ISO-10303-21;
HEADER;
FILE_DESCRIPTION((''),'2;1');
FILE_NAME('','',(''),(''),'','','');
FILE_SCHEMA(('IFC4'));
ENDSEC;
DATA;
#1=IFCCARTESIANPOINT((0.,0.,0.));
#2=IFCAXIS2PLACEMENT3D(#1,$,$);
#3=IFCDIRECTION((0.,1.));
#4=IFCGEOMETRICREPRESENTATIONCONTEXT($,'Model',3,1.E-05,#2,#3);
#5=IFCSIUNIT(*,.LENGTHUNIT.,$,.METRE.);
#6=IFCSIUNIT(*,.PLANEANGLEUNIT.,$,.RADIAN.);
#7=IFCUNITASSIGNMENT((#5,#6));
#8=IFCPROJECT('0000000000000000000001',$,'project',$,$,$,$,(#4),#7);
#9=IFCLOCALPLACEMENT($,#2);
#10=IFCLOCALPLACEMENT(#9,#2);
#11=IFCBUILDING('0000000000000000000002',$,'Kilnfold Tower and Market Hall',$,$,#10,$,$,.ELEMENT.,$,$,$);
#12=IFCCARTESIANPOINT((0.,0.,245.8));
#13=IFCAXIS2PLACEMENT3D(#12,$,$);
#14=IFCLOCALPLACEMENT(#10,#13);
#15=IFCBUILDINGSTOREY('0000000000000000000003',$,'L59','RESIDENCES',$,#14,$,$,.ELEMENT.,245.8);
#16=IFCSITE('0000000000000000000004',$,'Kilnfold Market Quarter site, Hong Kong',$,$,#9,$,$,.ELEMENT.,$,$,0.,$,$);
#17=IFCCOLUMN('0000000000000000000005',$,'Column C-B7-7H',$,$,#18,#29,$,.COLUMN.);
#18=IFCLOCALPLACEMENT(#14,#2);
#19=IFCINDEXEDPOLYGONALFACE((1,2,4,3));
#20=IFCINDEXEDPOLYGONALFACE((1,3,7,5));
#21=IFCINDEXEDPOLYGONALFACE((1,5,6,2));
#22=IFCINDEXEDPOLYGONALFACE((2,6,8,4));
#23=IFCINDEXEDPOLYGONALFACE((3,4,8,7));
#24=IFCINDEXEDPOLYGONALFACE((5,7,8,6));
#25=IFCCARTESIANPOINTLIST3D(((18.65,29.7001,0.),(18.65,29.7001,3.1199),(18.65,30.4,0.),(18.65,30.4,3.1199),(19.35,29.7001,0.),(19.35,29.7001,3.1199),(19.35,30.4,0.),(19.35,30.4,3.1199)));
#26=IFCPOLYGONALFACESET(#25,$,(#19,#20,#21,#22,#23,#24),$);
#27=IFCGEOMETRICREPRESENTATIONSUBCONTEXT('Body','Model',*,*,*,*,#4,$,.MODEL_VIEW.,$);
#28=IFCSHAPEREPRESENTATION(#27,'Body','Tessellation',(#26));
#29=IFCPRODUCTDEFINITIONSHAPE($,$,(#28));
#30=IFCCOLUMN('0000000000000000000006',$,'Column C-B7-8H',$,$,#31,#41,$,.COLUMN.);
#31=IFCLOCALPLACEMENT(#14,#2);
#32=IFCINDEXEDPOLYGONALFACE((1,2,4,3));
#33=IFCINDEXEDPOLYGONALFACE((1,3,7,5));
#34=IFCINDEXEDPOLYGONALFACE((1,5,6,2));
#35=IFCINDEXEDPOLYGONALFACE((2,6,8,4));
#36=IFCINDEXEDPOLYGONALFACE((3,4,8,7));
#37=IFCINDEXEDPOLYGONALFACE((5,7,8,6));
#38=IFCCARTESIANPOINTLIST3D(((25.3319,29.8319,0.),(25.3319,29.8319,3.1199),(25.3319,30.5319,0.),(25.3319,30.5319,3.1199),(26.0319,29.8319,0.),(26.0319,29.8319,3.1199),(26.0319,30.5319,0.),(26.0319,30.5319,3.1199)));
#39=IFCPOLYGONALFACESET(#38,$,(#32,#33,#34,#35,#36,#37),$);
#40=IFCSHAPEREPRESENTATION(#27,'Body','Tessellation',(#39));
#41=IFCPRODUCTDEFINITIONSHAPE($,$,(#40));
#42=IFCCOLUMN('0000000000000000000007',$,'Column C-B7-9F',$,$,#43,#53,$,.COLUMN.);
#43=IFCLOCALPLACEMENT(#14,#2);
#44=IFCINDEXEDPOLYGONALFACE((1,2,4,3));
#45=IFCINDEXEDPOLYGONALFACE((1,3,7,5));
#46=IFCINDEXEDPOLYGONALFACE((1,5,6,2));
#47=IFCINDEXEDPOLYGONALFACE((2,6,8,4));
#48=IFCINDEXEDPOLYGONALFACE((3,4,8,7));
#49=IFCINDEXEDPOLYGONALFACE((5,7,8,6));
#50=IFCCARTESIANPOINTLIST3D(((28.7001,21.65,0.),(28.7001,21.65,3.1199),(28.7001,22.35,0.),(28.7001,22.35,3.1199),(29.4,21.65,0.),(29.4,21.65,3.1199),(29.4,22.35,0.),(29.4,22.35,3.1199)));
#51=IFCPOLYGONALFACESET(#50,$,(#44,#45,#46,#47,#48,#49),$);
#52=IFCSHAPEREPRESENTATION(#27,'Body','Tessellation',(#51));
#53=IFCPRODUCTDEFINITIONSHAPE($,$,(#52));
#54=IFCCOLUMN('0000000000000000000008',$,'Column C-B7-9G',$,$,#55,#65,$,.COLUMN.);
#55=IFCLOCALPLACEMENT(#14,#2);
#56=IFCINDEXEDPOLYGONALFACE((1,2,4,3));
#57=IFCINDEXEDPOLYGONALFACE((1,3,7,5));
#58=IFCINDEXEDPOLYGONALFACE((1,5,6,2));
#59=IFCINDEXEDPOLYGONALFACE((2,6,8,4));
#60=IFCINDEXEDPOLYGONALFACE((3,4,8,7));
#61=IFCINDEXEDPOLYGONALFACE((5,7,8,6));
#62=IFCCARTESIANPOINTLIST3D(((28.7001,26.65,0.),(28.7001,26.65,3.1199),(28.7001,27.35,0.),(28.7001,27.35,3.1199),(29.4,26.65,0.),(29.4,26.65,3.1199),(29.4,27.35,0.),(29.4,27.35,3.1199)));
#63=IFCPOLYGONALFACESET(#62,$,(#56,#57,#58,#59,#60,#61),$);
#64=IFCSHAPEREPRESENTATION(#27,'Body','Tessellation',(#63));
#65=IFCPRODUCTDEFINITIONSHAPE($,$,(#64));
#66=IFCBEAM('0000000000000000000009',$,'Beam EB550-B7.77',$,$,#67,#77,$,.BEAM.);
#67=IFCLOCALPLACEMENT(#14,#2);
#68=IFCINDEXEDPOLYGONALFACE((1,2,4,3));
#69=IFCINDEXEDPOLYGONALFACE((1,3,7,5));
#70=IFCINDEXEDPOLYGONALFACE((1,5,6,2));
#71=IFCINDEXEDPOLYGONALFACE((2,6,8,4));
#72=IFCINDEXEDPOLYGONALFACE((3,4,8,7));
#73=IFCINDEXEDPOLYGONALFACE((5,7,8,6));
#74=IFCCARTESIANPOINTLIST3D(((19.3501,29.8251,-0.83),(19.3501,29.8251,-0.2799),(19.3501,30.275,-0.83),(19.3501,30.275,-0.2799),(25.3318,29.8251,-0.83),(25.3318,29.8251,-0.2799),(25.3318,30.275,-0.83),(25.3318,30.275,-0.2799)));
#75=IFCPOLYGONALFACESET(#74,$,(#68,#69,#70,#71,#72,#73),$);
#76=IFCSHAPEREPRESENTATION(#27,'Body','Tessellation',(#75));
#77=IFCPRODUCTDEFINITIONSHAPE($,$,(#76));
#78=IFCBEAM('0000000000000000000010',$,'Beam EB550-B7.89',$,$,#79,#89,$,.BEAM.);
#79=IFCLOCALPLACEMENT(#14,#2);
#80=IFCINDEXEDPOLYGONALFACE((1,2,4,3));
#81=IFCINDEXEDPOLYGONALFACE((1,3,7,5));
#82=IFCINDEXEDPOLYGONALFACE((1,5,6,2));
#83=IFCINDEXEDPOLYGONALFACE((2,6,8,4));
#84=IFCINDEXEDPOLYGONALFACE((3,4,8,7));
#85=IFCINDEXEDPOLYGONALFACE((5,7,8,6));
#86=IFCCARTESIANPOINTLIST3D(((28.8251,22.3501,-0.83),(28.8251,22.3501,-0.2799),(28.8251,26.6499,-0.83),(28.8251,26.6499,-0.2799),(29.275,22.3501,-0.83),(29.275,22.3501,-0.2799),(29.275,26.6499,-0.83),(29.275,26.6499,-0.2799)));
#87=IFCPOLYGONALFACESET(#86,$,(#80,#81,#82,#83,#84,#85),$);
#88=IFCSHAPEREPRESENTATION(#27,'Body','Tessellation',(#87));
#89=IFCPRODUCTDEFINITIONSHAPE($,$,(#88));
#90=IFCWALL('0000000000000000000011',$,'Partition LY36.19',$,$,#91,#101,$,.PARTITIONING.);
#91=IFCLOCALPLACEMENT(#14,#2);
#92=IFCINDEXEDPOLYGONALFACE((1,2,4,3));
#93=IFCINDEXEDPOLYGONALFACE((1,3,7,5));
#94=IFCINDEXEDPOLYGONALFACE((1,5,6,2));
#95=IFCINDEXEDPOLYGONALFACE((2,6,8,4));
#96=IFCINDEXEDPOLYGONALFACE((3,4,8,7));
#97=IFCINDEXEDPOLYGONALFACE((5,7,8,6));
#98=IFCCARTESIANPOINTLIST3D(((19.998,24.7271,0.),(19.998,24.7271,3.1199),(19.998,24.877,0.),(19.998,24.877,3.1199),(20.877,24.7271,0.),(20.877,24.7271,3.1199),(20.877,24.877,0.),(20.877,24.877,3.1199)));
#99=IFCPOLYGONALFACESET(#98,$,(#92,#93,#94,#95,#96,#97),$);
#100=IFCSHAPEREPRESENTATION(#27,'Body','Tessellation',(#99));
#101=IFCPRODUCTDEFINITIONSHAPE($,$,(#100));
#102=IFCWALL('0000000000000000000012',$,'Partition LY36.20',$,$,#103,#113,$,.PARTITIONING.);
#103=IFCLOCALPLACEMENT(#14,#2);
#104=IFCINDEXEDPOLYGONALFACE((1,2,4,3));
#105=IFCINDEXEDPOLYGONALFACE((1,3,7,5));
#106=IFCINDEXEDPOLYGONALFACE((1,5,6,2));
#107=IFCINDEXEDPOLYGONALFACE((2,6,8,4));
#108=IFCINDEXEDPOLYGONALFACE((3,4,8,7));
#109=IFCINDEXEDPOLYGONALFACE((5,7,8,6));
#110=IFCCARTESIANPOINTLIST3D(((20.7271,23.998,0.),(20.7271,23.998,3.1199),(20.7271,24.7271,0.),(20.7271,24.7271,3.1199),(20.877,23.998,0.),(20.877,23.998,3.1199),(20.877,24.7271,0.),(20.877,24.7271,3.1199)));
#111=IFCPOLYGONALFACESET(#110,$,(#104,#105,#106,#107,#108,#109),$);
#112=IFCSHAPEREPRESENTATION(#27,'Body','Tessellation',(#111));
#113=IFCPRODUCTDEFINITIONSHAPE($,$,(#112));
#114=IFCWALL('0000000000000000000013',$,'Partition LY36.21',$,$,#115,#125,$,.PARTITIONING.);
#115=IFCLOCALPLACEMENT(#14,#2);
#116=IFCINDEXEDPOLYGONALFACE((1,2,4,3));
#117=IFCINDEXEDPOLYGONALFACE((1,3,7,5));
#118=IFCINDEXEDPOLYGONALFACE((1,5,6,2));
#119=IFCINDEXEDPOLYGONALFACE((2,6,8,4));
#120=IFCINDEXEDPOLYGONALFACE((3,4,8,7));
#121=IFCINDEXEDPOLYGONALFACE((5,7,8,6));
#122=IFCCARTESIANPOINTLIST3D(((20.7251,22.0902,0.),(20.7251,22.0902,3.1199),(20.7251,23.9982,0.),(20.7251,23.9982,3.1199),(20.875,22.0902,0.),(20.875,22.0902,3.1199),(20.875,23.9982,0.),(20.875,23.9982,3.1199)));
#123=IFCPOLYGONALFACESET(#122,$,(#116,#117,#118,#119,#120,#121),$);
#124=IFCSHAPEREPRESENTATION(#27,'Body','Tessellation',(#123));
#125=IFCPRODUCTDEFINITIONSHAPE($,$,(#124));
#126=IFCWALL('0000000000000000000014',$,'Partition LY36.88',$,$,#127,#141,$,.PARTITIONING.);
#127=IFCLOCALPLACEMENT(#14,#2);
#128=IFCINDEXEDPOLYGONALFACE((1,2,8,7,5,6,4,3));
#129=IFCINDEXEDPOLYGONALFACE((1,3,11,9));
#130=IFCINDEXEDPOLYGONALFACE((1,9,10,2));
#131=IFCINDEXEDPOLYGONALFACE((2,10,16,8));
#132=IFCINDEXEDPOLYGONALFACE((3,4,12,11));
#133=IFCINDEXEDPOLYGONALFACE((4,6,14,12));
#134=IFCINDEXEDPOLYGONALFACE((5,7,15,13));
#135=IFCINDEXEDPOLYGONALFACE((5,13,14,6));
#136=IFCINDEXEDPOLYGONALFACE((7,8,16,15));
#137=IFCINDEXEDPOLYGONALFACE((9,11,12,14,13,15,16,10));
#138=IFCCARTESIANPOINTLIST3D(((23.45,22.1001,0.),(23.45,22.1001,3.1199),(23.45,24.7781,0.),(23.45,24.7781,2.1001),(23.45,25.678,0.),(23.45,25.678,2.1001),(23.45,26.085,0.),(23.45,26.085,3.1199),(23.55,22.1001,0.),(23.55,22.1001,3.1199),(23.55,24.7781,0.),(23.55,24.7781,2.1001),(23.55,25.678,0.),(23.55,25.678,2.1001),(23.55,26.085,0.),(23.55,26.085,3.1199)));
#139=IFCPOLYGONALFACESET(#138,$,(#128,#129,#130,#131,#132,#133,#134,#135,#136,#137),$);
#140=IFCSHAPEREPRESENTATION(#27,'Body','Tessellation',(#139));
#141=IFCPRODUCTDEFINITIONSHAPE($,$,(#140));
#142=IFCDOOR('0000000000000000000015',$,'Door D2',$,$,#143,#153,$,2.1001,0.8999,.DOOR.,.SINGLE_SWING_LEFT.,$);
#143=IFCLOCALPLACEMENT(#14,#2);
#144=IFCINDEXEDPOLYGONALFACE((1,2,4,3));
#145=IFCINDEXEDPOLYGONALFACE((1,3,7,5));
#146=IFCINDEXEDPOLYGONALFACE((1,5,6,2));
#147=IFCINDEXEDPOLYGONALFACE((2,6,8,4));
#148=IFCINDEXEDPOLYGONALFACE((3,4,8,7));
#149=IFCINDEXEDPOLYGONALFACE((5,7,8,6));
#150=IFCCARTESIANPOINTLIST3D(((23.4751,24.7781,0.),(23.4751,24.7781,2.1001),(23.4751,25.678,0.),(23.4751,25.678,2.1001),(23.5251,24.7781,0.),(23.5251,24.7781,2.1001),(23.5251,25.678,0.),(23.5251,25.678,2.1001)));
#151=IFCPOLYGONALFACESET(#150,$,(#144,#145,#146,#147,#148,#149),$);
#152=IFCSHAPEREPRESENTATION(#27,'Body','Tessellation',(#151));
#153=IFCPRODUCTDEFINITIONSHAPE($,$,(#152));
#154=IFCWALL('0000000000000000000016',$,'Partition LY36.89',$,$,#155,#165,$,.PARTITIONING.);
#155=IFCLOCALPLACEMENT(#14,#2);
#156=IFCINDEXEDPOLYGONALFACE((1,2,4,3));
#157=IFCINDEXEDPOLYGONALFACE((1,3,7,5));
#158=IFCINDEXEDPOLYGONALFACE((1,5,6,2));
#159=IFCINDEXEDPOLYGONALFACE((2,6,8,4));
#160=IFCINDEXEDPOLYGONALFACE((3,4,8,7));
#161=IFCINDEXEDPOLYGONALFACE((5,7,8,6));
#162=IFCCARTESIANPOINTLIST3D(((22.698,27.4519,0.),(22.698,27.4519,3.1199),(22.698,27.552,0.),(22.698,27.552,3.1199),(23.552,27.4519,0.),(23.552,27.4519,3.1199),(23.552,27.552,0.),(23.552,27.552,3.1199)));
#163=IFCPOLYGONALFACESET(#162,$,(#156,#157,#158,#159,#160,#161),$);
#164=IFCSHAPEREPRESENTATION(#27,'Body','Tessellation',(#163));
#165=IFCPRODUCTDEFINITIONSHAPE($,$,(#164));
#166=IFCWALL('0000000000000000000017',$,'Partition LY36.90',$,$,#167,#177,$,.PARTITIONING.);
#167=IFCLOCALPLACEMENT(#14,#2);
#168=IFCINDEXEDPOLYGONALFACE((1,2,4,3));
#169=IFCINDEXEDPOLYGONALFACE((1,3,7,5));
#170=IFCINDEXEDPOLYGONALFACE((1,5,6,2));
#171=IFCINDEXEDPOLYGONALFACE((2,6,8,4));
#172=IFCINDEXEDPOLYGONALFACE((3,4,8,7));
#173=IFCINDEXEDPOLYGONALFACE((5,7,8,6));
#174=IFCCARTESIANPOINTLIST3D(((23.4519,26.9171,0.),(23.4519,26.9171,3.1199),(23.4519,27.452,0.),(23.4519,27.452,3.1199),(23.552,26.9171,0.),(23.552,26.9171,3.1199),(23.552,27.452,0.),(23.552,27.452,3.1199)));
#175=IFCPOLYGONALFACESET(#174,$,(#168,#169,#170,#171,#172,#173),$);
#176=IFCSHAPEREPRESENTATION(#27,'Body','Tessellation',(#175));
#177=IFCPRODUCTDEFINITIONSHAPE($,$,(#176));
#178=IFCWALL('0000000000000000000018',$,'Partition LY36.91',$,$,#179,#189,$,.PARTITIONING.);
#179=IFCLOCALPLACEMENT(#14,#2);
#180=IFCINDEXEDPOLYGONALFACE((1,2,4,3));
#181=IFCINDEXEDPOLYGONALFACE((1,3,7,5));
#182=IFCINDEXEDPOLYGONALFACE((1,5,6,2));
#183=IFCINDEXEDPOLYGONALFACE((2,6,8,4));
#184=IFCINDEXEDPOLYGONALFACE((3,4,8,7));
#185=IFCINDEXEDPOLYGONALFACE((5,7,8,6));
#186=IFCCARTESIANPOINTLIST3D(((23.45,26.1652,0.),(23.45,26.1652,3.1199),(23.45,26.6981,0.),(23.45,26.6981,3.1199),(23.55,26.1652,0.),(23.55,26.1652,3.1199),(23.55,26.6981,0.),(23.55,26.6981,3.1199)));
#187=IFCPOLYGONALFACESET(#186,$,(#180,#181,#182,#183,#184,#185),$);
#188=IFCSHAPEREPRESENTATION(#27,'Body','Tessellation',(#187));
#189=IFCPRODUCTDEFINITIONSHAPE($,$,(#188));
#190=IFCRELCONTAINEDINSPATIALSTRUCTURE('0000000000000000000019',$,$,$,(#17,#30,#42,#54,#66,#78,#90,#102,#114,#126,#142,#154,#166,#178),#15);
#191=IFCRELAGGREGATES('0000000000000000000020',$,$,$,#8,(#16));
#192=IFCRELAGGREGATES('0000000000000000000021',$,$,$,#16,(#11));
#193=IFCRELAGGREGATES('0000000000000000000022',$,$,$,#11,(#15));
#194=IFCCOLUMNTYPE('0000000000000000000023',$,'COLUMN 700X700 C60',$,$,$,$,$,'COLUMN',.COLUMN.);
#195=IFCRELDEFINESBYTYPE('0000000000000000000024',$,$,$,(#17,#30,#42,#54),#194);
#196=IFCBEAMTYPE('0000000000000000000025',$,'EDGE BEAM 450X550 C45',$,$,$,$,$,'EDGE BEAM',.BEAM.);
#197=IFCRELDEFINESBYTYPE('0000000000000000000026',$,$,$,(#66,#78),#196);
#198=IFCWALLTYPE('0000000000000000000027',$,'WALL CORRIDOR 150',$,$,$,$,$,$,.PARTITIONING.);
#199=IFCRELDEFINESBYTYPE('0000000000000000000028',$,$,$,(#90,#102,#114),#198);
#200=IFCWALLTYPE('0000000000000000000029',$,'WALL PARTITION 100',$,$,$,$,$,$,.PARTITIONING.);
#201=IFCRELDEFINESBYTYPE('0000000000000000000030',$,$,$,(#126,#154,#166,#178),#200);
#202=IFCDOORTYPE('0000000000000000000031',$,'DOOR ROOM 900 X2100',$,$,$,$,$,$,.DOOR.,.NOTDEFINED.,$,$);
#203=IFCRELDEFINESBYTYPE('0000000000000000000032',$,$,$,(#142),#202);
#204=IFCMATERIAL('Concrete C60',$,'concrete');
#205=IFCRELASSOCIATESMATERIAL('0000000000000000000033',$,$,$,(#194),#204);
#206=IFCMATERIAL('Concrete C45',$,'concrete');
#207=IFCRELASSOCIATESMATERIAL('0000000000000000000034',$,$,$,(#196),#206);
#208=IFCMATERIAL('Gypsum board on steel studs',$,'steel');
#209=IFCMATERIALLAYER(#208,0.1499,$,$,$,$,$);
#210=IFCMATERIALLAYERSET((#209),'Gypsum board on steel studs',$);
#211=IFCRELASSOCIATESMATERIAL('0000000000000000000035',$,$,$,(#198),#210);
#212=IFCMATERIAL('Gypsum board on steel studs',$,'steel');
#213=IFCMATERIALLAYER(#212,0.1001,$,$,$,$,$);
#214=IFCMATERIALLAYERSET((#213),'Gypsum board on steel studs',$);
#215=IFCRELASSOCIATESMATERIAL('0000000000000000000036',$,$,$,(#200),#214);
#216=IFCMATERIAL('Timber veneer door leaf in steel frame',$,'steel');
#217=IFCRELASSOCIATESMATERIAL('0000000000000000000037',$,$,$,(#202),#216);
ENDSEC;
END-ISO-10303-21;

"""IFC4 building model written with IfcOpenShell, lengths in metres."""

from ifc_helpers import new_model, si_unit, direction, frame, frame_2d, origin, origin_2d, place, context, subcontext, project, spatial, rectangle, extrude, source, transform, mapped, material, layer, layer_set, material_profile, profile_set, type_object, element, fill, save


model = new_model("IFC4")

# Units and contexts
model_context = context("Model", 3, precision=1e-05, world=origin(), true_north=direction((0.0, 1.0)))
body_context = subcontext(model_context, "Body", "Model", "MODEL_VIEW")
ifc_project = project(units=[si_unit("LENGTHUNIT", "METRE"), si_unit("PLANEANGLEUNIT", "RADIAN")], contexts=[model_context])

# Site, building, storey
site_placement = place(None, origin())
site = spatial("IfcSite", under=ifc_project, at=site_placement, Name="Kilnfold Market Quarter site, Hong Kong", CompositionType="ELEMENT", RefElevation=0.0)
building_placement = place(site_placement, origin())
building = spatial("IfcBuilding", under=site, at=building_placement, Name="Kilnfold Tower and Market Hall", CompositionType="ELEMENT")
storey_placement = place(building_placement, frame((0.0, 0.0, 245.8)))
storey = spatial("IfcBuildingStorey", under=building, at=storey_placement, Name="L59", Description="RESIDENCES", CompositionType="ELEMENT", Elevation=245.8)

# Columns
ifc_material_1 = material(Name="Concrete C60", Category="concrete")
ifc_material_profile_1 = material_profile(ifc_material_1, rectangle(XDim=0.7, YDim=0.7, at=origin_2d()), Name="RC 700x700")
ifc_profile_set_1 = profile_set([ifc_material_profile_1], Name="Concrete C60")
column_type = type_object("IfcColumnType", Name="COLUMN 700X700 C60", ElementType="COLUMN", PredefinedType="COLUMN", material=ifc_profile_set_1)
shared_shape_1 = source(origin(), body_context, "Body", "SweptSolid", [
    extrude(rectangle(XDim=0.7, YDim=0.7, at=origin_2d()), origin(), (0.0, 0.0, 1.0), 3.1199),
])
for number, where, z_axis, x_axis, name in (
    (1, (19.0, 30.05, 0.0), (0.0, 0.0, 1.0), (1.0, 0.0, 0.0), "Column C-B7-7H"),
    (2, (25.6819, 30.1819, 0.0), (0.0, 0.0, 1.0), (1.0, 0.0, 0.0), "Column C-B7-8H"),
    (3, (29.05, 22.0, 0.0), (0.0, 0.0, 1.0), (1.0, 0.0, 0.0), "Column C-B7-9F"),
    (4, (29.05, 27.0, 0.0), (0.0, 0.0, 1.0), (1.0, 0.0, 0.0), "Column C-B7-9G"),
):
    element("IfcColumn", number, at=place(storey_placement, frame(where, z_axis=z_axis, x_axis=x_axis)), inside=storey, type_object=column_type, Name=name, PredefinedType="COLUMN", context=body_context, shape_type="MappedRepresentation", body=[
        mapped(shared_shape_1, transform((0.0, 0.0, 0.0))),
    ])

# Beams
ifc_material_2 = material(Name="Concrete C45", Category="concrete")
ifc_material_profile_2 = material_profile(ifc_material_2, rectangle(XDim=0.45, YDim=0.55, at=origin_2d()), Name="RC 450x550")
ifc_profile_set_2 = profile_set([ifc_material_profile_2], Name="Concrete C45")
beam_type = type_object("IfcBeamType", Name="EDGE BEAM 450X550 C45", ElementType="EDGE BEAM", PredefinedType="BEAM", material=ifc_profile_set_2)
shared_shape_2 = source(origin(), body_context, "Body", "SweptSolid", [
    extrude(rectangle(XDim=0.45, YDim=0.55, at=origin_2d()), origin(), (0.0, 0.0, 1.0), 5.9817),
])
beam_1_placement = place(storey_placement, frame((19.3501, 30.05, -0.5549), z_axis=(1.0, 0.0, 0.0), x_axis=(0.0, 1.0, 0.0)))
element("IfcBeam", 5, at=beam_1_placement, inside=storey, type_object=beam_type, Name="Beam EB550-B7.77", PredefinedType="BEAM", context=body_context, shape_type="MappedRepresentation", body=[
    mapped(shared_shape_2, transform((0.0, 0.0, 0.0))),
])
shared_shape_3 = source(origin(), body_context, "Body", "SweptSolid", [
    extrude(rectangle(XDim=0.45, YDim=0.55, at=origin_2d()), origin(), (0.0, 0.0, 1.0), 4.2998),
])
beam_2_placement = place(storey_placement, frame((29.05, 22.3501, -0.5549), z_axis=(0.0, 1.0, 0.0), x_axis=(-1.0, 0.0, 0.0)))
element("IfcBeam", 6, at=beam_2_placement, inside=storey, type_object=beam_type, Name="Beam EB550-B7.89", PredefinedType="BEAM", context=body_context, shape_type="MappedRepresentation", body=[
    mapped(shared_shape_3, transform((0.0, 0.0, 0.0))),
])

# Walls
ifc_material_3 = material(Name="Gypsum board on steel studs", Category="steel")
ifc_layer_1 = layer(ifc_material_3, 0.1499)
ifc_layer_set_1 = layer_set([ifc_layer_1], Name="Gypsum board on steel studs")
wall_type_1 = type_object("IfcWallType", Name="WALL CORRIDOR 150", PredefinedType="PARTITIONING", material=ifc_layer_set_1)
wall_1_placement = place(storey_placement, frame((20.877, 24.802, 0.0), z_axis=(0.0, 0.0, 1.0), x_axis=(-1.0, 0.0, 0.0)))
element("IfcWall", 7, at=wall_1_placement, inside=storey, type_object=wall_type_1, Name="Partition LY36.19", PredefinedType="PARTITIONING", context=body_context, shape_type="SweptSolid", body=[
    extrude(rectangle(XDim=0.8789, YDim=0.1499, at=frame_2d((0.4395, 0.0))), origin(), (0.0, 0.0, 1.0), 3.1199),
])
wall_2_placement = place(storey_placement, frame((20.802, 23.998, 0.0), z_axis=(0.0, 0.0, 1.0), x_axis=(0.0, 1.0, 0.0)))
element("IfcWall", 8, at=wall_2_placement, inside=storey, type_object=wall_type_1, Name="Partition LY36.20", PredefinedType="PARTITIONING", context=body_context, shape_type="SweptSolid", body=[
    extrude(rectangle(XDim=0.729, YDim=0.1499, at=frame_2d((0.3645, 0.0))), origin(), (0.0, 0.0, 1.0), 3.1199),
])
wall_3_placement = place(storey_placement, frame((20.8, 22.0901, 0.0), z_axis=(0.0, 0.0, 1.0), x_axis=(0.0, 1.0, 0.0)))
element("IfcWall", 9, at=wall_3_placement, inside=storey, type_object=wall_type_1, Name="Partition LY36.21", PredefinedType="PARTITIONING", context=body_context, shape_type="SweptSolid", body=[
    extrude(rectangle(XDim=1.908, YDim=0.1499, at=frame_2d((0.9541, 0.0))), origin(), (0.0, 0.0, 1.0), 3.1199),
])

# Wall, opening, door
ifc_material_4 = material(Name="Gypsum board on steel studs", Category="steel")
ifc_layer_2 = layer(ifc_material_4, 0.1001)
ifc_layer_set_2 = layer_set([ifc_layer_2], Name="Gypsum board on steel studs")
wall_type_2 = type_object("IfcWallType", Name="WALL PARTITION 100", PredefinedType="PARTITIONING", material=ifc_layer_set_2)
wall_4_placement = place(storey_placement, frame((23.5, 22.1001, 0.0), z_axis=(0.0, 0.0, 1.0), x_axis=(0.0, 1.0, 0.0)))
wall_4 = element("IfcWall", 10, at=wall_4_placement, inside=storey, type_object=wall_type_2, Name="Partition LY36.88", PredefinedType="PARTITIONING", context=body_context, shape_type="SweptSolid", body=[
    extrude(rectangle(XDim=3.9849, YDim=0.1001, at=frame_2d((1.9924, 0.0))), origin(), (0.0, 0.0, 1.0), 3.1199),
])
opening_1_placement = place(wall_4_placement, frame((2.678, 0.0, 0.0)))
opening_1 = element("IfcOpeningElement", 11, at=opening_1_placement, cuts=wall_4, PredefinedType="OPENING", context=body_context, shape_type="SweptSolid", body=[
    extrude(rectangle(XDim=0.8999, YDim=2.1001, at=frame_2d((0.45, 1.05))), frame((0.0, 0.0601, 0.0), z_axis=(0.0, -1.0, 0.0), x_axis=(1.0, 0.0, 0.0)), (0.0, 0.0, 1.0), 0.1201),
])
ifc_material_5 = material(Name="Timber veneer door leaf in steel frame", Category="steel")
door_type_1 = type_object("IfcDoorType", Name="DOOR ROOM 900 X2100", OperationType="NOTDEFINED", PredefinedType="DOOR", material=ifc_material_5)
door_1_placement = place(opening_1_placement, origin())
door_1 = element("IfcDoor", 12, at=door_1_placement, inside=storey, type_object=door_type_1, Name="Door D2", OperationType="SINGLE_SWING_LEFT", OverallHeight=2.1001, OverallWidth=0.8999, PredefinedType="DOOR", context=body_context, shape_type="SweptSolid", body=[
    extrude(rectangle(XDim=0.8999, YDim=2.1001, at=frame_2d((0.45, 1.05))), frame((0.0, 0.0249, 0.0), z_axis=(0.0, -1.0, 0.0), x_axis=(1.0, 0.0, 0.0)), (0.0, 0.0, 1.0), 0.05),
])
fill(opening_1, door_1)

# Walls
wall_5_placement = place(storey_placement, frame((23.552, 27.502, 0.0), z_axis=(0.0, 0.0, 1.0), x_axis=(-1.0, 0.0, 0.0)))
element("IfcWall", 13, at=wall_5_placement, inside=storey, type_object=wall_type_2, Name="Partition LY36.89", PredefinedType="PARTITIONING", context=body_context, shape_type="SweptSolid", body=[
    extrude(rectangle(XDim=0.854, YDim=0.1001, at=frame_2d((0.427, 0.0))), origin(), (0.0, 0.0, 1.0), 3.1199),
])
wall_6_placement = place(storey_placement, frame((23.502, 26.917, 0.0), z_axis=(0.0, 0.0, 1.0), x_axis=(0.0, 1.0, 0.0)))
element("IfcWall", 14, at=wall_6_placement, inside=storey, type_object=wall_type_2, Name="Partition LY36.90", PredefinedType="PARTITIONING", context=body_context, shape_type="SweptSolid", body=[
    extrude(rectangle(XDim=0.5349, YDim=0.1001, at=frame_2d((0.2676, 0.0))), origin(), (0.0, 0.0, 1.0), 3.1199),
])
wall_7_placement = place(storey_placement, frame((23.5, 26.165, 0.0), z_axis=(0.0, 0.0, 1.0), x_axis=(0.0, 1.0, 0.0)))
element("IfcWall", 15, at=wall_7_placement, inside=storey, type_object=wall_type_2, Name="Partition LY36.91", PredefinedType="PARTITIONING", context=body_context, shape_type="SweptSolid", body=[
    extrude(rectangle(XDim=0.533, YDim=0.1001, at=frame_2d((0.2666, 0.0))), origin(), (0.0, 0.0, 1.0), 3.1199),
])

save(model, "model.ifc")
